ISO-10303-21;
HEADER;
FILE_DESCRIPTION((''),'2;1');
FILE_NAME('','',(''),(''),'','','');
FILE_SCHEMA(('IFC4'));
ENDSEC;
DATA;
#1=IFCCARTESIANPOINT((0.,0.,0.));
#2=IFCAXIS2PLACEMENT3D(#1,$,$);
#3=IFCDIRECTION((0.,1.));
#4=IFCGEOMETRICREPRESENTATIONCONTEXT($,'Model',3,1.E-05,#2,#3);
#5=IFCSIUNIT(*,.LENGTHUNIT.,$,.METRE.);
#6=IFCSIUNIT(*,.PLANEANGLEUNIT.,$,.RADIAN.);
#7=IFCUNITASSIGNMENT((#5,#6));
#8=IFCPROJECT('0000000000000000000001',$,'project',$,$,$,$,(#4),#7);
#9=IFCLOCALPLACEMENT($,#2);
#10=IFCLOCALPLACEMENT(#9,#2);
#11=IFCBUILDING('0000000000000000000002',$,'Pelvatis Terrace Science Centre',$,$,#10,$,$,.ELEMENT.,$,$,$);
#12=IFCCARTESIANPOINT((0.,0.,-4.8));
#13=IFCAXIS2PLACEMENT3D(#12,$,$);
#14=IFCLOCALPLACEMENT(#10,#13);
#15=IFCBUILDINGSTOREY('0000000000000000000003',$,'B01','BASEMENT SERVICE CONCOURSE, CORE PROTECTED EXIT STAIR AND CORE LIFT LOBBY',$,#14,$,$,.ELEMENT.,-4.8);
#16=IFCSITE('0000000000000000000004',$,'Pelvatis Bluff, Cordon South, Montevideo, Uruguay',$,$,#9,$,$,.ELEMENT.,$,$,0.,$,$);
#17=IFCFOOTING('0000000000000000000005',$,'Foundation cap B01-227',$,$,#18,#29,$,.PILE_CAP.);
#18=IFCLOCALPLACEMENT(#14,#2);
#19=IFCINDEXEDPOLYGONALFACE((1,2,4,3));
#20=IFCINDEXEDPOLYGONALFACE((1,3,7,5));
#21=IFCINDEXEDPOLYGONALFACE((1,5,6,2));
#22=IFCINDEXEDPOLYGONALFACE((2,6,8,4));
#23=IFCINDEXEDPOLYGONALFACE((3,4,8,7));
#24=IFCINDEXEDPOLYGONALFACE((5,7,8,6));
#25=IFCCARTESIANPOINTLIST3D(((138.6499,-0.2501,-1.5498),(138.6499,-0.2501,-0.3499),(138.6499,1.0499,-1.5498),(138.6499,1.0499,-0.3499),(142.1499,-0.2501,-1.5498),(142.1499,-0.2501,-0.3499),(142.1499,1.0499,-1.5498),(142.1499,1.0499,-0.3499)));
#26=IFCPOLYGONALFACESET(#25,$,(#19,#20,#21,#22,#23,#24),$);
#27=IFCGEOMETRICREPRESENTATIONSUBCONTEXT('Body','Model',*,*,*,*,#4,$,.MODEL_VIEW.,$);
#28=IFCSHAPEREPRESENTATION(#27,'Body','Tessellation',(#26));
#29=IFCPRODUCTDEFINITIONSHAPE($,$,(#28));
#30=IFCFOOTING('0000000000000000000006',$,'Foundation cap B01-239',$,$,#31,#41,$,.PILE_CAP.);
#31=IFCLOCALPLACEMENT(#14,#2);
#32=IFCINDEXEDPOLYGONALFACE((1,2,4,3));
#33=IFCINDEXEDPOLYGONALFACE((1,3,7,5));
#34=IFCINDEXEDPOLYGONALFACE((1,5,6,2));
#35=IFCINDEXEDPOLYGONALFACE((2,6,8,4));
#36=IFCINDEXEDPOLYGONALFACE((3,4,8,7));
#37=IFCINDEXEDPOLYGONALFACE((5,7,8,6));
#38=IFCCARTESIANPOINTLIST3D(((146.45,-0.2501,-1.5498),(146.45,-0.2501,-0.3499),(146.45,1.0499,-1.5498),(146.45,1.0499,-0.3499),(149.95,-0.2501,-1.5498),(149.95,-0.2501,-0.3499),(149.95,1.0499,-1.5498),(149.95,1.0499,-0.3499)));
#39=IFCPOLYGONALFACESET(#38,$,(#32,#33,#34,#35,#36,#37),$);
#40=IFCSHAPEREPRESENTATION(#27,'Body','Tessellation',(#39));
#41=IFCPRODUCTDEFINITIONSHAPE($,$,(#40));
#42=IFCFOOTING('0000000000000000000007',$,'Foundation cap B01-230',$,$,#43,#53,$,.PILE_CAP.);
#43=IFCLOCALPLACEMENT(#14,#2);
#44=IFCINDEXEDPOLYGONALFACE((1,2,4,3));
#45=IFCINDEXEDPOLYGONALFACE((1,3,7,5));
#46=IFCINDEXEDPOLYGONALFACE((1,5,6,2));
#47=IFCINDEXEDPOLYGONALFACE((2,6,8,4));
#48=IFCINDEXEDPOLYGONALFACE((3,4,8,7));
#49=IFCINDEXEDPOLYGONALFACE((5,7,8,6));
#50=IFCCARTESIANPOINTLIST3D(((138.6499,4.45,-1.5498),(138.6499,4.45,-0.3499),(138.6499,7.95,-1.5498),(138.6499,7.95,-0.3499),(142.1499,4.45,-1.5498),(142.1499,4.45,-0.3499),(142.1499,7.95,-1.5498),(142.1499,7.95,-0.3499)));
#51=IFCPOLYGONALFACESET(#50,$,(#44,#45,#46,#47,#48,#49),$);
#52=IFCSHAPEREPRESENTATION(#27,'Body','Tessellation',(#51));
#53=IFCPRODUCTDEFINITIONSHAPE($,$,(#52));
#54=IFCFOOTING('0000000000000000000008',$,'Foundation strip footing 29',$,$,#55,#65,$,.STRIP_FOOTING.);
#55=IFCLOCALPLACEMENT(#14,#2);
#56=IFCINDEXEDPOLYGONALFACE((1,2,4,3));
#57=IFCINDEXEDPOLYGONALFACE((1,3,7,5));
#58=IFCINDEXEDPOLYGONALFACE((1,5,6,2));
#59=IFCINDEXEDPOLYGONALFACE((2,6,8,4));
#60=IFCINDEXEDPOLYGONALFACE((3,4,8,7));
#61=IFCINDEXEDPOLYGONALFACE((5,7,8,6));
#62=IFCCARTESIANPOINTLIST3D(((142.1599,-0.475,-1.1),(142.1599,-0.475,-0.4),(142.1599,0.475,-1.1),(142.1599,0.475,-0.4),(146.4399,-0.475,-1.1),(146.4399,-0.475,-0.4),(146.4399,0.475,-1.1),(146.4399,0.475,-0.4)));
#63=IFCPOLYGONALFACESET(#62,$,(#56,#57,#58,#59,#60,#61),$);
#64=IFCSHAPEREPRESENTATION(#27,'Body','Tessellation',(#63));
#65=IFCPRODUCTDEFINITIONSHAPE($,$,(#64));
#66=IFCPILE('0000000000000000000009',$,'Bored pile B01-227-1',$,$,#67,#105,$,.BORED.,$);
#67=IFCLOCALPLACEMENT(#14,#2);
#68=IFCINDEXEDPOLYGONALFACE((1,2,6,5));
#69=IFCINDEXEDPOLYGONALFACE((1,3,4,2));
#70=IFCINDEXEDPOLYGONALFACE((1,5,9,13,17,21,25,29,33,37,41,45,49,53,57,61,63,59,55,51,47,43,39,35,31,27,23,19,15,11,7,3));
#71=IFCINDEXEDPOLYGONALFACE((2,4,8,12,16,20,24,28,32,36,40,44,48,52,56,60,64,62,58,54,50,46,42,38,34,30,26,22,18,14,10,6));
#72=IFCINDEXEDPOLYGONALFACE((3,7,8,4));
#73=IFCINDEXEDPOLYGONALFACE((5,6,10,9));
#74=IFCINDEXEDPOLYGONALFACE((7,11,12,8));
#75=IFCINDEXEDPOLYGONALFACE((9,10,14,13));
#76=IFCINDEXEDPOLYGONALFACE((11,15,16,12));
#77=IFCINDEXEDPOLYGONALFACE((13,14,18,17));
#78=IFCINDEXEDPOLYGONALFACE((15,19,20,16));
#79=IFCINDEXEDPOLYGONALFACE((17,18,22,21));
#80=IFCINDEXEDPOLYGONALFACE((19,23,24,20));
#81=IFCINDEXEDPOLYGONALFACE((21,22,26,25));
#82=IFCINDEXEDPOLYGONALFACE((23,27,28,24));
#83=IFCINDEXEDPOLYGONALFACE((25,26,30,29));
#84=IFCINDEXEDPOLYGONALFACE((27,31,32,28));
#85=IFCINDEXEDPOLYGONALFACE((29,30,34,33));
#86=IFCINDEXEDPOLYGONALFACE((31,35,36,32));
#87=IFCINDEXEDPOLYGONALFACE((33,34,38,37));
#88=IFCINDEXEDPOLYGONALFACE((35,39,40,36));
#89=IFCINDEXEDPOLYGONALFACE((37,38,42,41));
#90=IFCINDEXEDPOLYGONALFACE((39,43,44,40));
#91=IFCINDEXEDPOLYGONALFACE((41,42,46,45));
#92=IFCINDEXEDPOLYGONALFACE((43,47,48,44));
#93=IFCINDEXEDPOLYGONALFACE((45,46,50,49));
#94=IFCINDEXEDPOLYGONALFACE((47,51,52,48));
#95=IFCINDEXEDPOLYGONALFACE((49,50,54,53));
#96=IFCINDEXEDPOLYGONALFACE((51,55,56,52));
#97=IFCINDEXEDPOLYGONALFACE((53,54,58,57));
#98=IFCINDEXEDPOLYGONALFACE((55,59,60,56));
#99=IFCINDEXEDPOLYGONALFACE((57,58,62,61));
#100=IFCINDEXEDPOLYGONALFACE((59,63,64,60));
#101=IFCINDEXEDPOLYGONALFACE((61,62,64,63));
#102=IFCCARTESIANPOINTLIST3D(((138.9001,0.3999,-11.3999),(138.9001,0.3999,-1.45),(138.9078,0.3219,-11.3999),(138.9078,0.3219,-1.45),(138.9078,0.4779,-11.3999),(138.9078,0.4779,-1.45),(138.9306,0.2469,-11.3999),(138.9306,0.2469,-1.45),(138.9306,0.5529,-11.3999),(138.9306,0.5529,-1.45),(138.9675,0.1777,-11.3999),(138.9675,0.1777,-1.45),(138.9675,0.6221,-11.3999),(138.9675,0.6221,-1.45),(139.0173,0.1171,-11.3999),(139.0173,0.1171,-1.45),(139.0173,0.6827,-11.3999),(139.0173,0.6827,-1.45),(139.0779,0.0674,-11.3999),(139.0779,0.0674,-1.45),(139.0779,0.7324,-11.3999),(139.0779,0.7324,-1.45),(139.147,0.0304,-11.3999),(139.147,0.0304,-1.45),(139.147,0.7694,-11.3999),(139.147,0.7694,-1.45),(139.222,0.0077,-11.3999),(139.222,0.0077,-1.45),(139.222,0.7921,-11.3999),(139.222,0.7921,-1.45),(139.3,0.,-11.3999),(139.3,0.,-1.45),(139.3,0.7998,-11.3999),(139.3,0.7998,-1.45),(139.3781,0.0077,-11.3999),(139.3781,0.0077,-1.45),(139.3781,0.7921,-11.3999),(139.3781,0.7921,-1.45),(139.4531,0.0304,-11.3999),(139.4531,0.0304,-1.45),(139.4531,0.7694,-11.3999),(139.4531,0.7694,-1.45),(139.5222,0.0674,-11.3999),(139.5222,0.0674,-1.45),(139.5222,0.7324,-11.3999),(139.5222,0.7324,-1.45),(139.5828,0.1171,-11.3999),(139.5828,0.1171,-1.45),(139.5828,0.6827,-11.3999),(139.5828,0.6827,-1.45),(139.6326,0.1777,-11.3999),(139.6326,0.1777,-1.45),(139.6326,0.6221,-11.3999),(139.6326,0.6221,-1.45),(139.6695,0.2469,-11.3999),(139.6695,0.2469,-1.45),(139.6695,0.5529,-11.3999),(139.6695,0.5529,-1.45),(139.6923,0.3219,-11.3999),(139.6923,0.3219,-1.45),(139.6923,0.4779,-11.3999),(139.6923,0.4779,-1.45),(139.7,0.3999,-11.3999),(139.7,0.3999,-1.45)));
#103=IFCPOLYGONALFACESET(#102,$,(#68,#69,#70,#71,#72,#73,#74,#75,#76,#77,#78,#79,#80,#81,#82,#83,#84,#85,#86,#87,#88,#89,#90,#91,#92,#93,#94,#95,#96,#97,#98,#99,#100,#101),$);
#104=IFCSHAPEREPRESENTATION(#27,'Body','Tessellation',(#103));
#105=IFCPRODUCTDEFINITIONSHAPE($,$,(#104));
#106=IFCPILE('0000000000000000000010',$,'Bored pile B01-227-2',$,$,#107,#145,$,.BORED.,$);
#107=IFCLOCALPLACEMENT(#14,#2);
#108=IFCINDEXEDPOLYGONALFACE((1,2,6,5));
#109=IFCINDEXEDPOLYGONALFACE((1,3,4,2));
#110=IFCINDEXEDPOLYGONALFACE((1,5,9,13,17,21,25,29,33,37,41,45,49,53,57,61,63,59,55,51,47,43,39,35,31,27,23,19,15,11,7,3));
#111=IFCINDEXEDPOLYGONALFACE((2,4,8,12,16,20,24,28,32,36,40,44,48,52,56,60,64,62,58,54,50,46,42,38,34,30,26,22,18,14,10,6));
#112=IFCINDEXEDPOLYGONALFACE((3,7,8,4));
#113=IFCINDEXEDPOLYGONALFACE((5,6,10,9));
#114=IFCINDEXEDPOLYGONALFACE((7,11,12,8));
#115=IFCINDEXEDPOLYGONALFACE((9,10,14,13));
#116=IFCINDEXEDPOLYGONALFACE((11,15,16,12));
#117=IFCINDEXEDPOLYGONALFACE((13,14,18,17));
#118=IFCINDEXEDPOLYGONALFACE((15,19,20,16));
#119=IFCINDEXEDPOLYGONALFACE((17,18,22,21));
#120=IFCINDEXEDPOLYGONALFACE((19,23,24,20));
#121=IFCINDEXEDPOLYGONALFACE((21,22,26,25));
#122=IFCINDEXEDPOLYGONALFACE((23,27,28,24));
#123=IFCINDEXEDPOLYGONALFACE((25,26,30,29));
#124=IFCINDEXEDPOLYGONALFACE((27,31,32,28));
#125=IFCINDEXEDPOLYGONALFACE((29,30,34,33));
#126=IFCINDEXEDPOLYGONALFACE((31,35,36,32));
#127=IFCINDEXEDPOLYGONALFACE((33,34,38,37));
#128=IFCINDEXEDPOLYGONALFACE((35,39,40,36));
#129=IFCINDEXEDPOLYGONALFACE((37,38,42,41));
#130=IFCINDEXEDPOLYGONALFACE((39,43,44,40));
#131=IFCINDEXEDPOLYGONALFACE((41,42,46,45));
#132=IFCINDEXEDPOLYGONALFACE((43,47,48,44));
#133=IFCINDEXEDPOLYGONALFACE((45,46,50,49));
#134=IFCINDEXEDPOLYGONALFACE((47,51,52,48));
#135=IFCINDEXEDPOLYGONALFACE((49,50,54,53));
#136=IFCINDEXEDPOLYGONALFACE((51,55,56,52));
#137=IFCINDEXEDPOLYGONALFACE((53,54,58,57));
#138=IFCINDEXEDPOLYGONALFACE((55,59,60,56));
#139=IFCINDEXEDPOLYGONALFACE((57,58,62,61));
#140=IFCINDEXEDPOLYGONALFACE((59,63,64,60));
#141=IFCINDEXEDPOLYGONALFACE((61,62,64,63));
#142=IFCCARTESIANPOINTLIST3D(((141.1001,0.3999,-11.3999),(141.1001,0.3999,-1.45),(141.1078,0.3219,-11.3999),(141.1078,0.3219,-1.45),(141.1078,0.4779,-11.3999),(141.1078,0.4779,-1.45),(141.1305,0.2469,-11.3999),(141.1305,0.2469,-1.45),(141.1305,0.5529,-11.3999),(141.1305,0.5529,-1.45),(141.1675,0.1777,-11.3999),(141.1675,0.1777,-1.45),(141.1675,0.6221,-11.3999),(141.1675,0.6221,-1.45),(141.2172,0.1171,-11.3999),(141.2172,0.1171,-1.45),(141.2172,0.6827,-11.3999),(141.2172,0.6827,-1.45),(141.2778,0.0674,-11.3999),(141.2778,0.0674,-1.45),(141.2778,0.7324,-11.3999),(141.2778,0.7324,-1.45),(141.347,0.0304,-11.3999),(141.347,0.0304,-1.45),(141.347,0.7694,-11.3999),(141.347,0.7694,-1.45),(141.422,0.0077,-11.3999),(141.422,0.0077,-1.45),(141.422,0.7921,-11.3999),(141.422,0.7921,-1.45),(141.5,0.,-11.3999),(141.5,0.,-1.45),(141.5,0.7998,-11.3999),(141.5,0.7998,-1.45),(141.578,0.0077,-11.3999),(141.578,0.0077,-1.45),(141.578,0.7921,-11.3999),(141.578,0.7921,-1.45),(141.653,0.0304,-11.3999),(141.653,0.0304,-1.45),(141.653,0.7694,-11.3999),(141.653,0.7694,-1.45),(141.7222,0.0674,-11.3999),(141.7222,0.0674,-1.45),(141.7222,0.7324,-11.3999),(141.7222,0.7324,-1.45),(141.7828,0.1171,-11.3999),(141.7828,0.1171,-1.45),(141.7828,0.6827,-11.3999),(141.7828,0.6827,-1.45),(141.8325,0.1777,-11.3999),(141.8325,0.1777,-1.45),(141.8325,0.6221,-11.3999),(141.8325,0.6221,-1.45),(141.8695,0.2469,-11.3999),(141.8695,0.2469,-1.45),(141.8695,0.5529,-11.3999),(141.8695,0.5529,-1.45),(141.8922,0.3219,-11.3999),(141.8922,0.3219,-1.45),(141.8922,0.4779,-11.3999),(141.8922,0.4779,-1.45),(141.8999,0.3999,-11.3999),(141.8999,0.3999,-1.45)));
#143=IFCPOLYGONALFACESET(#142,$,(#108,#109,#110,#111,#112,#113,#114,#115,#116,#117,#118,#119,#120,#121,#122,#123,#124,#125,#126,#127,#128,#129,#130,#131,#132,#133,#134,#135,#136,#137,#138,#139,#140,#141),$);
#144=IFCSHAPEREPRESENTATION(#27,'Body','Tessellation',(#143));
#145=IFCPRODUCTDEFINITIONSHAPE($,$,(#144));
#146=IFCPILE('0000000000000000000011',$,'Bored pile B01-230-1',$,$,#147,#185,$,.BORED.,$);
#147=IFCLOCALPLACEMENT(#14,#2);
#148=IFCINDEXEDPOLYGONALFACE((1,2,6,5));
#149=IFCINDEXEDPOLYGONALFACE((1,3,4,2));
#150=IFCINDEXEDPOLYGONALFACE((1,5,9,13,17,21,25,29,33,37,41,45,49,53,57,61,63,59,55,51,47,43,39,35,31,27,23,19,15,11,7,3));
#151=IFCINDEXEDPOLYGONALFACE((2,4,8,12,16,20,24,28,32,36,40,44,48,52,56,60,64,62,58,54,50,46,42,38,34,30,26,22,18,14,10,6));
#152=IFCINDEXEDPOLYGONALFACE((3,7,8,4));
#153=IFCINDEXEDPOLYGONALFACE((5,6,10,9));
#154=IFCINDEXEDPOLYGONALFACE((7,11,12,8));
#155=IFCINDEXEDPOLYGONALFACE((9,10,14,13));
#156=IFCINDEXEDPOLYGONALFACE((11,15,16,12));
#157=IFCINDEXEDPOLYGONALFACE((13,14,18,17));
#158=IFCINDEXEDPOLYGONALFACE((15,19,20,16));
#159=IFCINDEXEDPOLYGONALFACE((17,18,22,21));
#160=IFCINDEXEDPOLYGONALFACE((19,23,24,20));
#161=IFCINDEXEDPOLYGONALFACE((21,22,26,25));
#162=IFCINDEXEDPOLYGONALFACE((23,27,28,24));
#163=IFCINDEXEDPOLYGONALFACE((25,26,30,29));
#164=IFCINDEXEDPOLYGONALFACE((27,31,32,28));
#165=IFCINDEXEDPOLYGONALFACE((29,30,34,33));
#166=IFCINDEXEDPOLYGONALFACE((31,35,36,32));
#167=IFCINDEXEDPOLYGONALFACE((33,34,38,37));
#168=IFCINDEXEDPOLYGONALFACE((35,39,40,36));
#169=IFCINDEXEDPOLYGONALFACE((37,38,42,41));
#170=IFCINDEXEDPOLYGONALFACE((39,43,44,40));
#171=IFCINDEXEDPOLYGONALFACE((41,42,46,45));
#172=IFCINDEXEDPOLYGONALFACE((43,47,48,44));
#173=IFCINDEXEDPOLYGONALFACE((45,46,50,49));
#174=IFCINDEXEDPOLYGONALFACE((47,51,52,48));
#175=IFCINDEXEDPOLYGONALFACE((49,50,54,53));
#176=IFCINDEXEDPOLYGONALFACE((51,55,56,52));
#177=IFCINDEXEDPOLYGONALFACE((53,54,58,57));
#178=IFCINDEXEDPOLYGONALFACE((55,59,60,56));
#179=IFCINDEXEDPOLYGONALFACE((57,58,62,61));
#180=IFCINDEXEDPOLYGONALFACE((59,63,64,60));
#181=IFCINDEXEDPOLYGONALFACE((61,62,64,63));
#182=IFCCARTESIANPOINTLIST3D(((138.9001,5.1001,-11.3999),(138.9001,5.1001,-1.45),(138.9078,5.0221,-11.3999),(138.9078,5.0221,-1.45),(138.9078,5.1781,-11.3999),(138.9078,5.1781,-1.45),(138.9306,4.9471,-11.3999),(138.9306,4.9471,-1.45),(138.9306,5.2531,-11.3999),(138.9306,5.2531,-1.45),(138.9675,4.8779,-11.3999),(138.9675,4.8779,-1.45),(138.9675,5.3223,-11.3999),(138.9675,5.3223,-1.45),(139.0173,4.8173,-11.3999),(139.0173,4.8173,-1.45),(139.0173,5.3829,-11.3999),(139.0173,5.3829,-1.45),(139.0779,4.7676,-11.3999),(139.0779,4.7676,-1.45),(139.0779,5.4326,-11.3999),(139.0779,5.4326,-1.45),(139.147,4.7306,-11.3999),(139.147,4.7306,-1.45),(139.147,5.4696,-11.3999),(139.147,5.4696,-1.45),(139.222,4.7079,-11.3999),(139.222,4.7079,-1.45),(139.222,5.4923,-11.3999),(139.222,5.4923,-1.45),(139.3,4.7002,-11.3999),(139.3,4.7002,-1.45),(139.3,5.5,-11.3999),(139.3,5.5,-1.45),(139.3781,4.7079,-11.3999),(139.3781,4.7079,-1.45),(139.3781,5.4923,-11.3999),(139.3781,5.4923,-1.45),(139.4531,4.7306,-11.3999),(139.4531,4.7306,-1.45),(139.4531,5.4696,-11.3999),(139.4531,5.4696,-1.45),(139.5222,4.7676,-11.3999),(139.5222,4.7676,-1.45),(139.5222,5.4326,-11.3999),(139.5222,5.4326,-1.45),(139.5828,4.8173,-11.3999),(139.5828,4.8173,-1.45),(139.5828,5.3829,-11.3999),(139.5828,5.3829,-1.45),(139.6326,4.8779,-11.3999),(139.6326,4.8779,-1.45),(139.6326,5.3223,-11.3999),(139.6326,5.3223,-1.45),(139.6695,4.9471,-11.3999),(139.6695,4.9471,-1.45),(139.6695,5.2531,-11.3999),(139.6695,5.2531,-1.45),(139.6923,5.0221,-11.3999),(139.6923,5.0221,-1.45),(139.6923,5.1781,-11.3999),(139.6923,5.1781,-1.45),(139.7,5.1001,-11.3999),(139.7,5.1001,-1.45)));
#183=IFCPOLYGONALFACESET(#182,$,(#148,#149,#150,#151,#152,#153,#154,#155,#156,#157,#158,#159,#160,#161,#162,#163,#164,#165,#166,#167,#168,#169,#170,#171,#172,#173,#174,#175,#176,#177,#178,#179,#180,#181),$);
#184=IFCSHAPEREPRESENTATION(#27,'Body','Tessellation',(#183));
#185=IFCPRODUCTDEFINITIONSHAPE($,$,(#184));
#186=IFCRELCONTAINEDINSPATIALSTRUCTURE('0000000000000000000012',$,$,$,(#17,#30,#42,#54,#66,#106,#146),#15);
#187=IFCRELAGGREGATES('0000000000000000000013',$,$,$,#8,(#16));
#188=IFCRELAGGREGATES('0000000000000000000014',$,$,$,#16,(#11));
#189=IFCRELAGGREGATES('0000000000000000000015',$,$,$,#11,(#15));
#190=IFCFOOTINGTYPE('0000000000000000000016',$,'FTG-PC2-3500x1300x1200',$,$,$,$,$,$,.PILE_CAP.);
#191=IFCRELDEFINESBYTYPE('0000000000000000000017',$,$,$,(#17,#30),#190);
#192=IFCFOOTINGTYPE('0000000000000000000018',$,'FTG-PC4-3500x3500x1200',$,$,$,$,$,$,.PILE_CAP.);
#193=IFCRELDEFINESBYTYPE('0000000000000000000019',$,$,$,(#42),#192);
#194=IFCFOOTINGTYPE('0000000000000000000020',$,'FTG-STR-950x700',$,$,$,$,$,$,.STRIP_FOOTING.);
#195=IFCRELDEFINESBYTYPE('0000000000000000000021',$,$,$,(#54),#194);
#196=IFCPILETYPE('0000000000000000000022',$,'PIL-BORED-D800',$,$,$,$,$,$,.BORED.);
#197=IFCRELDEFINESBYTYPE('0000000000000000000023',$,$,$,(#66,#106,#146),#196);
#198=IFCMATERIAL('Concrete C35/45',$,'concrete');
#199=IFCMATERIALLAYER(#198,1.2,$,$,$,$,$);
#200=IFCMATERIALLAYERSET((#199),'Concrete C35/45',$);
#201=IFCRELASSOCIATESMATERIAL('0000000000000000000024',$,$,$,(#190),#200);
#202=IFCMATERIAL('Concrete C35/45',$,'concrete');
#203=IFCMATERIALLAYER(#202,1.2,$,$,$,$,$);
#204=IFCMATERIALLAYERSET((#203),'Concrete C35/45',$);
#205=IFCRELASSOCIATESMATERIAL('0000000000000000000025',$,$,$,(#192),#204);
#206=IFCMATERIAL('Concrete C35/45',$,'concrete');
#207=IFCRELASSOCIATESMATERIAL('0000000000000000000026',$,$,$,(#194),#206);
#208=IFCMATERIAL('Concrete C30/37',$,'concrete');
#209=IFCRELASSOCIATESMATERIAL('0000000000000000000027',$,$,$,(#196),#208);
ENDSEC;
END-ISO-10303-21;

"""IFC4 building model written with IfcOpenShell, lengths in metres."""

from ifc_helpers import new_model, si_unit, direction, frame, origin, origin_2d, place, context, subcontext, project, spatial, rectangle, circle, extrude, material, layer, layer_set, material_profile, profile_set, type_object, element, save


model = new_model("IFC4")

# Units and contexts
model_context = context("Model", 3, precision=1e-05, world=origin(), true_north=direction((0.0, 1.0)))
body_context = subcontext(model_context, "Body", "Model", "MODEL_VIEW")
ifc_project = project(units=[si_unit("LENGTHUNIT", "METRE"), si_unit("PLANEANGLEUNIT", "RADIAN")], contexts=[model_context])

# Site, building, storey
site_placement = place(None, origin())
site = spatial("IfcSite", under=ifc_project, at=site_placement, Name="Pelvatis Bluff, Cordon South, Montevideo, Uruguay", CompositionType="ELEMENT", RefElevation=0.0)
building_placement = place(site_placement, origin())
building = spatial("IfcBuilding", under=site, at=building_placement, Name="Pelvatis Terrace Science Centre", CompositionType="ELEMENT")
storey_placement = place(building_placement, frame((0.0, 0.0, -4.8)))
storey = spatial("IfcBuildingStorey", under=building, at=storey_placement, Name="B01", Description="BASEMENT SERVICE CONCOURSE, CORE PROTECTED EXIT STAIR AND CORE LIFT LOBBY", CompositionType="ELEMENT", Elevation=-4.8)

# Footings
ifc_material_1 = material(Name="Concrete C35/45", Category="concrete")
ifc_layer_1 = layer(ifc_material_1, 1.2)
ifc_layer_set_1 = layer_set([ifc_layer_1], Name="Concrete C35/45")
footing_type_1 = type_object("IfcFootingType", Name="FTG-PC2-3500x1300x1200", PredefinedType="PILE_CAP", material=ifc_layer_set_1)
for number, where, z_axis, x_axis, name in (
    (1, (140.3999, 0.3999, -1.5498), (0.0, 0.0, 1.0), (1.0, 0.0, 0.0), "Foundation cap B01-227"),
    (2, (148.2, 0.3999, -1.5498), (0.0, 0.0, 1.0), (1.0, 0.0, 0.0), "Foundation cap B01-239"),
):
    element("IfcFooting", number, at=place(storey_placement, frame(where, z_axis=z_axis, x_axis=x_axis)), inside=storey, type_object=footing_type_1, Name=name, PredefinedType="PILE_CAP", context=body_context, shape_type="SweptSolid", body=[
        extrude(rectangle(XDim=3.5, YDim=1.3, at=origin_2d()), origin(), (0.0, 0.0, 1.0), 1.2),
    ])
ifc_material_2 = material(Name="Concrete C35/45", Category="concrete")
ifc_layer_2 = layer(ifc_material_2, 1.2)
ifc_layer_set_2 = layer_set([ifc_layer_2], Name="Concrete C35/45")
footing_type_2 = type_object("IfcFootingType", Name="FTG-PC4-3500x3500x1200", PredefinedType="PILE_CAP", material=ifc_layer_set_2)
footing_1_placement = place(storey_placement, frame((140.3999, 6.2, -1.5498), z_axis=(0.0, 0.0, 1.0), x_axis=(1.0, 0.0, 0.0)))
element("IfcFooting", 3, at=footing_1_placement, inside=storey, type_object=footing_type_2, Name="Foundation cap B01-230", PredefinedType="PILE_CAP", context=body_context, shape_type="SweptSolid", body=[
    extrude(rectangle(XDim=3.5, YDim=3.5, at=origin_2d()), origin(), (0.0, 0.0, 1.0), 1.2),
])
ifc_material_3 = material(Name="Concrete C35/45", Category="concrete")
ifc_material_profile_1 = material_profile(ifc_material_3, rectangle(XDim=0.95, YDim=0.7, at=origin_2d()), Name="RC-STR 950x700")
ifc_profile_set_1 = profile_set([ifc_material_profile_1], Name="Concrete C35/45")
footing_type_3 = type_object("IfcFootingType", Name="FTG-STR-950x700", PredefinedType="STRIP_FOOTING", material=ifc_profile_set_1)
footing_2_placement = place(storey_placement, frame((142.1599, 0.0, -0.75), z_axis=(1.0, 0.0, 0.0), x_axis=(0.0, 1.0, 0.0)))
element("IfcFooting", 4, at=footing_2_placement, inside=storey, type_object=footing_type_3, Name="Foundation strip footing 29", PredefinedType="STRIP_FOOTING", context=body_context, shape_type="SweptSolid", body=[
    extrude(rectangle(XDim=0.95, YDim=0.7, at=origin_2d()), origin(), (0.0, 0.0, 1.0), 4.28),
])

# Piles
ifc_material_4 = material(Name="Concrete C30/37", Category="concrete")
ifc_material_profile_2 = material_profile(ifc_material_4, circle(Radius=0.3999, at=origin_2d()), Name="PILE D800")
ifc_profile_set_2 = profile_set([ifc_material_profile_2], Name="Concrete C30/37")
pile_type = type_object("IfcPileType", Name="PIL-BORED-D800", PredefinedType="BORED", material=ifc_profile_set_2)
for number, where, z_axis, x_axis, name in (
    (5, (139.3, 0.3999, -1.45), (0.0, 0.0, -1.0), (1.0, 0.0, 0.0), "Bored pile B01-227-1"),
    (6, (141.5, 0.3999, -1.45), (0.0, 0.0, -1.0), (1.0, 0.0, 0.0), "Bored pile B01-227-2"),
    (7, (139.3, 5.1001, -1.45), (0.0, 0.0, -1.0), (1.0, 0.0, 0.0), "Bored pile B01-230-1"),
):
    element("IfcPile", number, at=place(storey_placement, frame(where, z_axis=z_axis, x_axis=x_axis)), inside=storey, type_object=pile_type, Name=name, PredefinedType="BORED", context=body_context, shape_type="SweptSolid", body=[
        extrude(circle(Radius=0.3999, at=origin_2d()), origin(), (0.0, 0.0, 1.0), 9.95),
    ])

save(model, "model.ifc")
